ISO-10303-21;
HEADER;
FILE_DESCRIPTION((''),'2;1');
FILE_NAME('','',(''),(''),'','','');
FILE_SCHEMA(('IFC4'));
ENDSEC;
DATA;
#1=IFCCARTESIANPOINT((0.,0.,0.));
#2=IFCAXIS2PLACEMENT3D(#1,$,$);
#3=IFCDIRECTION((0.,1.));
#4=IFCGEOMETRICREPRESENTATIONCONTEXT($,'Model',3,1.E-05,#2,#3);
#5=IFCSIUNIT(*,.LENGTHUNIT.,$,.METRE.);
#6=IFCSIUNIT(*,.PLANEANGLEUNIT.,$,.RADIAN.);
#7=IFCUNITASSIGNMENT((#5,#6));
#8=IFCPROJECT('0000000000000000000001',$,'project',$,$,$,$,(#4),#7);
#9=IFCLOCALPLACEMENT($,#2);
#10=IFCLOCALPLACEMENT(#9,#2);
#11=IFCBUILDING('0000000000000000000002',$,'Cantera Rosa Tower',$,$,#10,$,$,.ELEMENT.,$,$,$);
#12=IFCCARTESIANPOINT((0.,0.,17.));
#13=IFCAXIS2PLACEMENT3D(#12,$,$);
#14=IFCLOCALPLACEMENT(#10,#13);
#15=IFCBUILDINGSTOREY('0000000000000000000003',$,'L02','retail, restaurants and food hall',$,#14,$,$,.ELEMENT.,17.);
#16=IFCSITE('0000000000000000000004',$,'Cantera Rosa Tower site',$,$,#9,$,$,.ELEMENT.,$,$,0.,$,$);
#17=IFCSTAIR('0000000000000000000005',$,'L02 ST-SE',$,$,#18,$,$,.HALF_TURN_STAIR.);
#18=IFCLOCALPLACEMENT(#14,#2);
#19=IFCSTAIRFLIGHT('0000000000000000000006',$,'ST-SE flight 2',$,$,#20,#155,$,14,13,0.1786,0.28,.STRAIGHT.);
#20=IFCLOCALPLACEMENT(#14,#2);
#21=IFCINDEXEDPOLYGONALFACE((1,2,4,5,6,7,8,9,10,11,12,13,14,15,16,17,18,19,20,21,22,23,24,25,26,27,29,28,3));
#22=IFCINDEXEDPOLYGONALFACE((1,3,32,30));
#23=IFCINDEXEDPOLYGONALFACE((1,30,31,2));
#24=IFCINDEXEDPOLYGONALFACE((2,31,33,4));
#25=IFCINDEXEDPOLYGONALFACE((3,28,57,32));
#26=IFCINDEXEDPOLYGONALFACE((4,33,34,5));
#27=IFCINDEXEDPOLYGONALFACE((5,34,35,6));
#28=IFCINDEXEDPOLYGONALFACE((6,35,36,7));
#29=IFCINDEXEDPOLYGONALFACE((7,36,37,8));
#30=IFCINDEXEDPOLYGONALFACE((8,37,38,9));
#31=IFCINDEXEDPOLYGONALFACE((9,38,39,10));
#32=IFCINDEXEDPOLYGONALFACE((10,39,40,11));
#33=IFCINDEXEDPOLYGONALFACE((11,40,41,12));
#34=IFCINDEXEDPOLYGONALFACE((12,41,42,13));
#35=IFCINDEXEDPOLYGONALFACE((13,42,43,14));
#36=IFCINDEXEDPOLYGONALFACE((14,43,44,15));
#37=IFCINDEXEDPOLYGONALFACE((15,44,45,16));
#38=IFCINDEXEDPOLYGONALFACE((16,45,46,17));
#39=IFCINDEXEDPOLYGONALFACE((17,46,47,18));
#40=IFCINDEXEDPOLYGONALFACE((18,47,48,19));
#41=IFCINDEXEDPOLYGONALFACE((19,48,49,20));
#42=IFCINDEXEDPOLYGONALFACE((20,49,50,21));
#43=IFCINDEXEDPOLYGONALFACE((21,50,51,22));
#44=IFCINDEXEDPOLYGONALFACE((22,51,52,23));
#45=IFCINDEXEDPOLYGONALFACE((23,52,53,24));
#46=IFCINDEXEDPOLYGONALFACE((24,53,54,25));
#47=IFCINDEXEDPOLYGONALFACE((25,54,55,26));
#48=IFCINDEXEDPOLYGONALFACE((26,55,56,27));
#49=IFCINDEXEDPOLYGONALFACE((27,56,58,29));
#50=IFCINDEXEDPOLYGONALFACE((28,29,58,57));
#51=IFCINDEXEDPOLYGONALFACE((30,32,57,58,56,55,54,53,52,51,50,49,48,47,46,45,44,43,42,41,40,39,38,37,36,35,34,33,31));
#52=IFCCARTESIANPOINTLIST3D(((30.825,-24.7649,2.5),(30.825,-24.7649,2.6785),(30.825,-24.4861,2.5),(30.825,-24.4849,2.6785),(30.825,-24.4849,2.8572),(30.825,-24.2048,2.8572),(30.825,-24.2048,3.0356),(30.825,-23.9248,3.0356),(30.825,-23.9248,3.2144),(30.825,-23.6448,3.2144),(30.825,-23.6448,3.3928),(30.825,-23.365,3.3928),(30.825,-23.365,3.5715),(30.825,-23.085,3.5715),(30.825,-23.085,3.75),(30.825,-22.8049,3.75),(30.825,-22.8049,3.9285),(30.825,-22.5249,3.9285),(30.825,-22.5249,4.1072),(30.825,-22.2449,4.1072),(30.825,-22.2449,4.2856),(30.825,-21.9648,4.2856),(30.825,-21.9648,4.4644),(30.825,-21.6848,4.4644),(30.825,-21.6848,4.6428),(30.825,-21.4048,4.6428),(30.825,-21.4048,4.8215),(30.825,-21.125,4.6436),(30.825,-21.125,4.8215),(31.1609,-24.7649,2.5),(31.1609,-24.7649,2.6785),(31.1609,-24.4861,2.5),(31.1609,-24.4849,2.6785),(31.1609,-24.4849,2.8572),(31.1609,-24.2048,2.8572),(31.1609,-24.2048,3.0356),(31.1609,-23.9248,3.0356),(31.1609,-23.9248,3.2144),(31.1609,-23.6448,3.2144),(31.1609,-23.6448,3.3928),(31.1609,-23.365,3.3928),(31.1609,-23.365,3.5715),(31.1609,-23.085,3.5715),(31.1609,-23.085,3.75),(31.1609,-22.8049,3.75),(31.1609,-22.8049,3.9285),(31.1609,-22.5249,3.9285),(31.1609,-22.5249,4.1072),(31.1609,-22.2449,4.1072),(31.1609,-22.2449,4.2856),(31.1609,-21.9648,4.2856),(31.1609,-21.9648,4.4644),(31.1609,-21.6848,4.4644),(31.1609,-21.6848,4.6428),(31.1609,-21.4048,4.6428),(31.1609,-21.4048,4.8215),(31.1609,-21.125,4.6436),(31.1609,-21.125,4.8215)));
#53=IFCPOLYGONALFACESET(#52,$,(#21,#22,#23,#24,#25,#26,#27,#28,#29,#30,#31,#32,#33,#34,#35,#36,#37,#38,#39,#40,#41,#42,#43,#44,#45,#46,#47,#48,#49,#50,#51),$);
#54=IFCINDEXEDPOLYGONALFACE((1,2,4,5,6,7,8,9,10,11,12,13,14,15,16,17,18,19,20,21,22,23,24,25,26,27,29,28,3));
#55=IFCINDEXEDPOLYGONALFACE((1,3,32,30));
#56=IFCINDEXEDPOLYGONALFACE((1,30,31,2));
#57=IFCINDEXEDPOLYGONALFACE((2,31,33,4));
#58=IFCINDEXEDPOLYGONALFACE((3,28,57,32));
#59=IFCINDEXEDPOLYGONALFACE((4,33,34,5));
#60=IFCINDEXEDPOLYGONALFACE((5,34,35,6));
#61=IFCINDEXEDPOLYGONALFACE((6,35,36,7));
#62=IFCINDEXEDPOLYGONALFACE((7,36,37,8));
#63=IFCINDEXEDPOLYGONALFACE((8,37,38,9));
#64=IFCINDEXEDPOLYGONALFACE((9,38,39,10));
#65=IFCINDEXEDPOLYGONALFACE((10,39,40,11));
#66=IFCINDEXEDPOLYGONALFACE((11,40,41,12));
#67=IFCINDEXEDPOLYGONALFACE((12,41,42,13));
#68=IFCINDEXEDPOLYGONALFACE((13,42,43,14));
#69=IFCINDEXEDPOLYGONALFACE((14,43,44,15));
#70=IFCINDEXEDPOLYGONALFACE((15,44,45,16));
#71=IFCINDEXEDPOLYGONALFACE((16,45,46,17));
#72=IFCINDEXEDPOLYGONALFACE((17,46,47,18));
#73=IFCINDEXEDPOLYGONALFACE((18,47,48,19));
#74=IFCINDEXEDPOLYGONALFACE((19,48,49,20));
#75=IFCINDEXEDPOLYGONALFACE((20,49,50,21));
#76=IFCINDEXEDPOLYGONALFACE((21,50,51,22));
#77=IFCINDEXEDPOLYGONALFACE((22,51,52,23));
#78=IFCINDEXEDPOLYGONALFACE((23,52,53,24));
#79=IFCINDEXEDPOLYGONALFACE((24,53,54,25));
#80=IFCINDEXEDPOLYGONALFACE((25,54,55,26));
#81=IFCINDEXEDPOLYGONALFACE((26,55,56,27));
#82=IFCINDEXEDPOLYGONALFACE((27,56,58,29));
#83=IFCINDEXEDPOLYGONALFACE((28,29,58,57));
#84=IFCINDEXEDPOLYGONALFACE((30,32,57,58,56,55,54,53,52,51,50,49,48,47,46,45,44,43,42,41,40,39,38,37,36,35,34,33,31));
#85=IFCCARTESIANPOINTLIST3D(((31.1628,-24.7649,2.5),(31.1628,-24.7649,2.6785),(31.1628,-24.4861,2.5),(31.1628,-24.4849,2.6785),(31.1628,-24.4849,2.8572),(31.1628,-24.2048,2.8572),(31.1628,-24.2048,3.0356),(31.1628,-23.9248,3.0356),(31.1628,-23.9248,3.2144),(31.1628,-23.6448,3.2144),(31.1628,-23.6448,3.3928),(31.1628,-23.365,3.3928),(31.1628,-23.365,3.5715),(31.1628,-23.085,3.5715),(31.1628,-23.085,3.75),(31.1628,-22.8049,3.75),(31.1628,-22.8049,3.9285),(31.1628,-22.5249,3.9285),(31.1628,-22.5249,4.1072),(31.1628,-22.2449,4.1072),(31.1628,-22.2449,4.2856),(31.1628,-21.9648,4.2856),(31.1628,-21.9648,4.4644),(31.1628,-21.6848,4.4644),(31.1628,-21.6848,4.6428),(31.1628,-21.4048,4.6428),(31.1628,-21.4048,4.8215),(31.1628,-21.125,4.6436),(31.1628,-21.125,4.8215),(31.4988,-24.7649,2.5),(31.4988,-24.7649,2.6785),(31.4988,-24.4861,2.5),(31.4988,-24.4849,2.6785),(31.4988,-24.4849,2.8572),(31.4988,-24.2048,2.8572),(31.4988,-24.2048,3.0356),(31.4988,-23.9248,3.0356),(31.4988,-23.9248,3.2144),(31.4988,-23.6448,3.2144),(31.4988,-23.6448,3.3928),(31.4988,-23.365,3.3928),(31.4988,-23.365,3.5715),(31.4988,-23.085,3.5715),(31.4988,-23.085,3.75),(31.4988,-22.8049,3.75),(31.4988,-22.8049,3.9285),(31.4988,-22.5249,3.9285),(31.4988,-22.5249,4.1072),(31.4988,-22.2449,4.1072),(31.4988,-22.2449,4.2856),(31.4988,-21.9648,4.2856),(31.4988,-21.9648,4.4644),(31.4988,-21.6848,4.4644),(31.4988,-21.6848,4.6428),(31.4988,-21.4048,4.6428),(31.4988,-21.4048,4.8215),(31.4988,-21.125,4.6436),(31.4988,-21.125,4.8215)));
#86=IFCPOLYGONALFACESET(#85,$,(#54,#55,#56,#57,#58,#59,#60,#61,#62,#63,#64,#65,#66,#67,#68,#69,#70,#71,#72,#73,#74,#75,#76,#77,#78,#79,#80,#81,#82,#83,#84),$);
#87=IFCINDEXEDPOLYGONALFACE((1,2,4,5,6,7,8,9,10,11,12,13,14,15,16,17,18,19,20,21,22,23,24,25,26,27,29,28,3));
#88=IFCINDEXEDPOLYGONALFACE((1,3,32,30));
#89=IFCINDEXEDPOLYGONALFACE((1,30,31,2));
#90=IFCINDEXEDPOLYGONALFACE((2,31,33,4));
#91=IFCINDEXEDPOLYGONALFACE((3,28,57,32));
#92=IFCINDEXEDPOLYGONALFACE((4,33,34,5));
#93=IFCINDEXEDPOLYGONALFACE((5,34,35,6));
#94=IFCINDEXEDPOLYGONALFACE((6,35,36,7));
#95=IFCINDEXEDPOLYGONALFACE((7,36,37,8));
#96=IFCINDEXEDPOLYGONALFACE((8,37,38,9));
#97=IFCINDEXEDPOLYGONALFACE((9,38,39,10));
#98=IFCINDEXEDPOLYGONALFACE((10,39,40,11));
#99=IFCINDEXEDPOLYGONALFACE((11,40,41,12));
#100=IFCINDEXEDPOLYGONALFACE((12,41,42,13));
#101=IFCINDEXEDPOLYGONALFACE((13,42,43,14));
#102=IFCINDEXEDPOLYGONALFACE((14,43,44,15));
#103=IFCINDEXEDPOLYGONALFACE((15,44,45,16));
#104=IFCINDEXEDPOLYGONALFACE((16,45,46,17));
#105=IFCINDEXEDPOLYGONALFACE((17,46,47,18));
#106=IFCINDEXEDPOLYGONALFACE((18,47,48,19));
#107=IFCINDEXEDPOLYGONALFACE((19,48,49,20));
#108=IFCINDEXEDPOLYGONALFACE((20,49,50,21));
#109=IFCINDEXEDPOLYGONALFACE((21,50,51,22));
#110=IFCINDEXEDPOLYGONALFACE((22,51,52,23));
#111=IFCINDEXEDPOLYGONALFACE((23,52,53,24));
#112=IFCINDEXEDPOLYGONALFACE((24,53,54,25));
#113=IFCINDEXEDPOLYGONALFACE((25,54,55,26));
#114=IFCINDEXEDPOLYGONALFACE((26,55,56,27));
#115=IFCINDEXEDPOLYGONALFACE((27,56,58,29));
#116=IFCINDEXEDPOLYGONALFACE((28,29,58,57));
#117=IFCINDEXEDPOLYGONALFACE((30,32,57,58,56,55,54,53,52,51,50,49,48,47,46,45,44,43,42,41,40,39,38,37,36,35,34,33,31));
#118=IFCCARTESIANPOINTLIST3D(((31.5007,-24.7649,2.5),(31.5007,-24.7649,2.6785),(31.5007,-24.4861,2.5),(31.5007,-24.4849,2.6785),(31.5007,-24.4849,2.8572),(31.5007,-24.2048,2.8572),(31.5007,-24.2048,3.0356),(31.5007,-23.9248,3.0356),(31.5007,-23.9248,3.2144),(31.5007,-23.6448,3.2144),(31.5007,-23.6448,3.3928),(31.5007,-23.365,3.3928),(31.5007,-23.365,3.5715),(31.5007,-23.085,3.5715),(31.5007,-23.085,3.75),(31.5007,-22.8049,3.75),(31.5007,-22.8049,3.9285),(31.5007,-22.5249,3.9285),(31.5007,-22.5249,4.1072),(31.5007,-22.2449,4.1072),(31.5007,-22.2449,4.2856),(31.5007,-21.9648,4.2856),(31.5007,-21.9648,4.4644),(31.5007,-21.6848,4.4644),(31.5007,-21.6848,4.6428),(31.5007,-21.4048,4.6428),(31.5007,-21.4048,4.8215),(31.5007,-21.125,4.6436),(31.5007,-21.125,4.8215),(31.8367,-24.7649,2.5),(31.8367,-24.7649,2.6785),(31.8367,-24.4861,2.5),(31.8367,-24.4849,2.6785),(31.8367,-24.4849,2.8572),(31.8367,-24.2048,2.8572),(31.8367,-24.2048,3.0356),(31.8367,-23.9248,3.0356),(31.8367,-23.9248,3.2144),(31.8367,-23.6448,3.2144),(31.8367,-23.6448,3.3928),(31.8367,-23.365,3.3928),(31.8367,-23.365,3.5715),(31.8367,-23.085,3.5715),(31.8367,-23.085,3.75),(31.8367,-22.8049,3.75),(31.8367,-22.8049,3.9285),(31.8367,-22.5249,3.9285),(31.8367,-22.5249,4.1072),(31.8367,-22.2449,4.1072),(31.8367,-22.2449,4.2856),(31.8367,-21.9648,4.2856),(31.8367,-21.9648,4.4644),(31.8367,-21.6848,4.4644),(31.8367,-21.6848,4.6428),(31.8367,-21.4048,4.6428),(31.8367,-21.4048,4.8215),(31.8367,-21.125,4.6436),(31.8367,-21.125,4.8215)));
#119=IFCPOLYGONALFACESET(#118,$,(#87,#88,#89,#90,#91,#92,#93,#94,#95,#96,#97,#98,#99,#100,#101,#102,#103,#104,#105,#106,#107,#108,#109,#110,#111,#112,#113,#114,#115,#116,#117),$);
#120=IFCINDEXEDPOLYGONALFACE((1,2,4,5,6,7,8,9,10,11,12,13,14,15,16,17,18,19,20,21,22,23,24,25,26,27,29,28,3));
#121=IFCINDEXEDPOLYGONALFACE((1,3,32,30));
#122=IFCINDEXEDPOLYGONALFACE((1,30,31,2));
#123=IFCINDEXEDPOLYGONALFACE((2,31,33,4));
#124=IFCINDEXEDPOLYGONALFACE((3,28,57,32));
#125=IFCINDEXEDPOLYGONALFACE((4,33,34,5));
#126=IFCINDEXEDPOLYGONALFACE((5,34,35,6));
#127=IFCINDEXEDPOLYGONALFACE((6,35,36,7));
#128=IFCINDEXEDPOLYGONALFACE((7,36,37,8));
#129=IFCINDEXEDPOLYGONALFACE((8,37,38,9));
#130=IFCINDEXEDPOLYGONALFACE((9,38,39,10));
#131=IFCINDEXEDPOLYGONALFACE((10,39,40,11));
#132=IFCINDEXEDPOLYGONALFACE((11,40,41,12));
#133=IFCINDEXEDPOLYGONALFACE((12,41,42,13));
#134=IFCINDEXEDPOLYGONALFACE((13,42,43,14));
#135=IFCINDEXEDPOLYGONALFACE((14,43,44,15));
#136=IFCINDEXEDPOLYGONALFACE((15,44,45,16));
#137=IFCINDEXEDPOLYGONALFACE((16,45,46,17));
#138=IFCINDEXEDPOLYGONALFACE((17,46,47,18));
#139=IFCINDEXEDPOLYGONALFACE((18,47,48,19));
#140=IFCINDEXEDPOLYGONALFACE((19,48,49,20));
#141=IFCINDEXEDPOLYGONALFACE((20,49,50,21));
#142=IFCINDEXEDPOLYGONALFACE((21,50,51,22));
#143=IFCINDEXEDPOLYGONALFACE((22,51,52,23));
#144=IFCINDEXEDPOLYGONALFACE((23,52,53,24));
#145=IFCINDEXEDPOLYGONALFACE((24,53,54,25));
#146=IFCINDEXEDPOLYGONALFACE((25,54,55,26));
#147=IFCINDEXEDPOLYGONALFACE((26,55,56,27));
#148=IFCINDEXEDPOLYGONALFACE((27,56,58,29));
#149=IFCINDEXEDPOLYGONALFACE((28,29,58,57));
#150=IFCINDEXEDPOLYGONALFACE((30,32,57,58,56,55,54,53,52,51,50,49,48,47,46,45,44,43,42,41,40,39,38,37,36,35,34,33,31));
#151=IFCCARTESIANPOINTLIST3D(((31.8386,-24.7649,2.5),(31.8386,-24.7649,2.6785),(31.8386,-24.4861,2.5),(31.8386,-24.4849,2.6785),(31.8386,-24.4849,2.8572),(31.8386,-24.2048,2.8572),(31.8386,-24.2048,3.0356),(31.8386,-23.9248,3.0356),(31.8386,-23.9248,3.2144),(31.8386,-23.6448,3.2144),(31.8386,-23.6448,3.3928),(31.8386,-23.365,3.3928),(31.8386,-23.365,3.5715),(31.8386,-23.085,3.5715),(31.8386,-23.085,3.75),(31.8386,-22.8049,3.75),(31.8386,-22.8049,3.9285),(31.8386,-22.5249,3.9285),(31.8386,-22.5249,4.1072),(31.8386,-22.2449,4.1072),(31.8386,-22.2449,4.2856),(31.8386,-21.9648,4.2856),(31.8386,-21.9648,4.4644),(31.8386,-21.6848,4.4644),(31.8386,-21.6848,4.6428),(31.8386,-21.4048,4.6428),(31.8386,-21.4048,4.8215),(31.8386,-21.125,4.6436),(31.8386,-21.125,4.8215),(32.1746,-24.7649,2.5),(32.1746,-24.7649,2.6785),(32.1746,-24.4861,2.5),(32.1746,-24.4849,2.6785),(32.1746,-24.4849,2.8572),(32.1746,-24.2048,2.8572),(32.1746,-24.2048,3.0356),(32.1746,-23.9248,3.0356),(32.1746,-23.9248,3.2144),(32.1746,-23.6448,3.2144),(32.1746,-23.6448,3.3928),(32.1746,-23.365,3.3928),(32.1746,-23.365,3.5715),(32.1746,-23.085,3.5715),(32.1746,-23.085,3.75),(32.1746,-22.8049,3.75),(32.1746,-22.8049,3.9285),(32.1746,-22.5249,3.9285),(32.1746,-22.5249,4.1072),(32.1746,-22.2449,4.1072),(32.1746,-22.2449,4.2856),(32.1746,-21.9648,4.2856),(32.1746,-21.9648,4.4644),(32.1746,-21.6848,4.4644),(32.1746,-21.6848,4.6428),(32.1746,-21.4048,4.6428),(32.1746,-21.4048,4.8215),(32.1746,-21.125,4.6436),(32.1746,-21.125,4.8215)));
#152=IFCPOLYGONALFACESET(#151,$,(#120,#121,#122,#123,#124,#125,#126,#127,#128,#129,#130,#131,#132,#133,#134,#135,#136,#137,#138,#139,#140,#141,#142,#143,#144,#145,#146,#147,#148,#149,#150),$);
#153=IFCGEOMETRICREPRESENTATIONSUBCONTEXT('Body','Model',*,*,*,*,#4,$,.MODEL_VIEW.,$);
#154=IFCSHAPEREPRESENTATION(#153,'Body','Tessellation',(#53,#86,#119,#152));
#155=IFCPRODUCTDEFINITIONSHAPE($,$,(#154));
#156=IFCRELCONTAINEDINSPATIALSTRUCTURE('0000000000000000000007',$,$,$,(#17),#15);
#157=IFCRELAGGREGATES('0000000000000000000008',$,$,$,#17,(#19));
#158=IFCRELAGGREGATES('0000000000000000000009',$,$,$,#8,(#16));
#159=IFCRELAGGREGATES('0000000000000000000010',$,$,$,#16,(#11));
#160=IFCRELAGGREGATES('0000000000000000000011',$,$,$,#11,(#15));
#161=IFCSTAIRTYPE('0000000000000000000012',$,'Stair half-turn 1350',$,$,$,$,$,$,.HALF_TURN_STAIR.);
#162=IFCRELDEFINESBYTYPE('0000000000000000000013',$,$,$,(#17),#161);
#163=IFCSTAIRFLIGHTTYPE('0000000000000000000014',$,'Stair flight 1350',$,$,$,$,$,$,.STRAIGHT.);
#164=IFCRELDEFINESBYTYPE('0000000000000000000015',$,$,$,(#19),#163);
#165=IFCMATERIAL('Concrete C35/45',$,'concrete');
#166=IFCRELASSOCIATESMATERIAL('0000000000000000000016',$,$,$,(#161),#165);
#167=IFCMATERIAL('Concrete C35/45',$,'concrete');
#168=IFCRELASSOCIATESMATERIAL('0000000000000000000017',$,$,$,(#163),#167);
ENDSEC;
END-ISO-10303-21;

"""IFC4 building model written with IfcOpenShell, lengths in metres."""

from ifc_helpers import new_model, si_unit, direction, frame, origin, place, context, subcontext, project, spatial, polyline, outline, extrude, material, type_object, element, aggregate, save


model = new_model("IFC4")

# Units and contexts
model_context = context("Model", 3, precision=1e-05, world=origin(), true_north=direction((0.0, 1.0)))
body_context = subcontext(model_context, "Body", "Model", "MODEL_VIEW")
ifc_project = project(units=[si_unit("LENGTHUNIT", "METRE"), si_unit("PLANEANGLEUNIT", "RADIAN")], contexts=[model_context])

# Site, building, storey
site_placement = place(None, origin())
site = spatial("IfcSite", under=ifc_project, at=site_placement, Name="Cantera Rosa Tower site", CompositionType="ELEMENT", RefElevation=0.0)
building_placement = place(site_placement, origin())
building = spatial("IfcBuilding", under=site, at=building_placement, Name="Cantera Rosa Tower", CompositionType="ELEMENT")
storey_placement = place(building_placement, frame((0.0, 0.0, 17.0)))
storey = spatial("IfcBuildingStorey", under=building, at=storey_placement, Name="L02", Description="retail, restaurants and food hall", CompositionType="ELEMENT", Elevation=17.0)

# Stair, stair flight
ifc_material_1 = material(Name="Concrete C35/45", Category="concrete")
stair_type = type_object("IfcStairType", Name="Stair half-turn 1350", PredefinedType="HALF_TURN_STAIR", material=ifc_material_1)
stair_placement = place(storey_placement, origin())
stair = element("IfcStair", 1, at=stair_placement, inside=storey, type_object=stair_type, Name="L02 ST-SE", PredefinedType="HALF_TURN_STAIR")
ifc_material_2 = material(Name="Concrete C35/45", Category="concrete")
stair_flight_type = type_object("IfcStairFlightType", Name="Stair flight 1350", PredefinedType="STRAIGHT", material=ifc_material_2)
stair_flight_1_placement = place(storey_placement, frame((31.5, -24.7649, 2.5), z_axis=(0.0, 0.0, 1.0), x_axis=(0.0, 1.0, 0.0)))
stair_flight_1 = element("IfcStairFlight", 2, at=stair_flight_1_placement, type_object=stair_flight_type, Name="ST-SE flight 2", NumberOfRisers=14, NumberOfTreads=13, PredefinedType="STRAIGHT", RiserHeight=0.1786, TreadLength=0.28, context=body_context, shape_type="SweptSolid", body=[
    extrude(outline(polyline([(0.0, 0.0), (0.0, 0.1785), (0.28, 0.1785), (0.28, 0.3572), (0.5601, 0.3572), (0.5601, 0.5356), (0.8401, 0.5356), (0.8401, 0.7144), (1.1201, 0.7144), (1.1201, 0.8928), (1.3999, 0.8928), (1.3999, 1.0715), (1.6799, 1.0715), (1.6799, 1.25), (1.96, 1.25), (1.96, 1.4285), (2.24, 1.4285), (2.24, 1.6072), (2.52, 1.6072), (2.52, 1.7856), (2.8, 1.7856), (2.8, 1.9644), (3.0801, 1.9644), (3.0801, 2.1428), (3.3601, 2.1428), (3.3601, 2.3215), (3.6399, 2.3215), (3.6399, 2.5), (3.6399, 2.1436), (0.2788, 0.0), (0.0, 0.0)])), frame((0.0, 0.675, 0.0), z_axis=(0.0, -1.0, 0.0), x_axis=(1.0, 0.0, 0.0)), (0.0, 0.0, 1.0), 0.3359),
    extrude(outline(polyline([(0.0, 0.0), (0.0, 0.1785), (0.28, 0.1785), (0.28, 0.3572), (0.5601, 0.3572), (0.5601, 0.5356), (0.8401, 0.5356), (0.8401, 0.7144), (1.1201, 0.7144), (1.1201, 0.8928), (1.3999, 0.8928), (1.3999, 1.0715), (1.6799, 1.0715), (1.6799, 1.25), (1.96, 1.25), (1.96, 1.4285), (2.24, 1.4285), (2.24, 1.6072), (2.52, 1.6072), (2.52, 1.7856), (2.8, 1.7856), (2.8, 1.9644), (3.0801, 1.9644), (3.0801, 2.1428), (3.3601, 2.1428), (3.3601, 2.3215), (3.6399, 2.3215), (3.6399, 2.5), (3.6399, 2.1436), (0.2788, 0.0), (0.0, 0.0)])), frame((0.0, 0.3372, 0.0), z_axis=(0.0, -1.0, 0.0), x_axis=(1.0, 0.0, 0.0)), (0.0, 0.0, 1.0), 0.3359),
    extrude(outline(polyline([(0.0, 0.0), (0.0, 0.1785), (0.28, 0.1785), (0.28, 0.3572), (0.5601, 0.3572), (0.5601, 0.5356), (0.8401, 0.5356), (0.8401, 0.7144), (1.1201, 0.7144), (1.1201, 0.8928), (1.3999, 0.8928), (1.3999, 1.0715), (1.6799, 1.0715), (1.6799, 1.25), (1.96, 1.25), (1.96, 1.4285), (2.24, 1.4285), (2.24, 1.6072), (2.52, 1.6072), (2.52, 1.7856), (2.8, 1.7856), (2.8, 1.9644), (3.0801, 1.9644), (3.0801, 2.1428), (3.3601, 2.1428), (3.3601, 2.3215), (3.6399, 2.3215), (3.6399, 2.5), (3.6399, 2.1436), (0.2788, 0.0), (0.0, 0.0)])), frame((0.0, -0.0007, 0.0), z_axis=(0.0, -1.0, 0.0), x_axis=(1.0, 0.0, 0.0)), (0.0, 0.0, 1.0), 0.3359),
    extrude(outline(polyline([(0.0, 0.0), (0.0, 0.1785), (0.28, 0.1785), (0.28, 0.3572), (0.5601, 0.3572), (0.5601, 0.5356), (0.8401, 0.5356), (0.8401, 0.7144), (1.1201, 0.7144), (1.1201, 0.8928), (1.3999, 0.8928), (1.3999, 1.0715), (1.6799, 1.0715), (1.6799, 1.25), (1.96, 1.25), (1.96, 1.4285), (2.24, 1.4285), (2.24, 1.6072), (2.52, 1.6072), (2.52, 1.7856), (2.8, 1.7856), (2.8, 1.9644), (3.0801, 1.9644), (3.0801, 2.1428), (3.3601, 2.1428), (3.3601, 2.3215), (3.6399, 2.3215), (3.6399, 2.5), (3.6399, 2.1436), (0.2788, 0.0), (0.0, 0.0)])), frame((0.0, -0.3386, 0.0), z_axis=(0.0, -1.0, 0.0), x_axis=(1.0, 0.0, 0.0)), (0.0, 0.0, 1.0), 0.3359),
])
aggregate(stair, [stair_flight_1])

save(model, "model.ifc")
